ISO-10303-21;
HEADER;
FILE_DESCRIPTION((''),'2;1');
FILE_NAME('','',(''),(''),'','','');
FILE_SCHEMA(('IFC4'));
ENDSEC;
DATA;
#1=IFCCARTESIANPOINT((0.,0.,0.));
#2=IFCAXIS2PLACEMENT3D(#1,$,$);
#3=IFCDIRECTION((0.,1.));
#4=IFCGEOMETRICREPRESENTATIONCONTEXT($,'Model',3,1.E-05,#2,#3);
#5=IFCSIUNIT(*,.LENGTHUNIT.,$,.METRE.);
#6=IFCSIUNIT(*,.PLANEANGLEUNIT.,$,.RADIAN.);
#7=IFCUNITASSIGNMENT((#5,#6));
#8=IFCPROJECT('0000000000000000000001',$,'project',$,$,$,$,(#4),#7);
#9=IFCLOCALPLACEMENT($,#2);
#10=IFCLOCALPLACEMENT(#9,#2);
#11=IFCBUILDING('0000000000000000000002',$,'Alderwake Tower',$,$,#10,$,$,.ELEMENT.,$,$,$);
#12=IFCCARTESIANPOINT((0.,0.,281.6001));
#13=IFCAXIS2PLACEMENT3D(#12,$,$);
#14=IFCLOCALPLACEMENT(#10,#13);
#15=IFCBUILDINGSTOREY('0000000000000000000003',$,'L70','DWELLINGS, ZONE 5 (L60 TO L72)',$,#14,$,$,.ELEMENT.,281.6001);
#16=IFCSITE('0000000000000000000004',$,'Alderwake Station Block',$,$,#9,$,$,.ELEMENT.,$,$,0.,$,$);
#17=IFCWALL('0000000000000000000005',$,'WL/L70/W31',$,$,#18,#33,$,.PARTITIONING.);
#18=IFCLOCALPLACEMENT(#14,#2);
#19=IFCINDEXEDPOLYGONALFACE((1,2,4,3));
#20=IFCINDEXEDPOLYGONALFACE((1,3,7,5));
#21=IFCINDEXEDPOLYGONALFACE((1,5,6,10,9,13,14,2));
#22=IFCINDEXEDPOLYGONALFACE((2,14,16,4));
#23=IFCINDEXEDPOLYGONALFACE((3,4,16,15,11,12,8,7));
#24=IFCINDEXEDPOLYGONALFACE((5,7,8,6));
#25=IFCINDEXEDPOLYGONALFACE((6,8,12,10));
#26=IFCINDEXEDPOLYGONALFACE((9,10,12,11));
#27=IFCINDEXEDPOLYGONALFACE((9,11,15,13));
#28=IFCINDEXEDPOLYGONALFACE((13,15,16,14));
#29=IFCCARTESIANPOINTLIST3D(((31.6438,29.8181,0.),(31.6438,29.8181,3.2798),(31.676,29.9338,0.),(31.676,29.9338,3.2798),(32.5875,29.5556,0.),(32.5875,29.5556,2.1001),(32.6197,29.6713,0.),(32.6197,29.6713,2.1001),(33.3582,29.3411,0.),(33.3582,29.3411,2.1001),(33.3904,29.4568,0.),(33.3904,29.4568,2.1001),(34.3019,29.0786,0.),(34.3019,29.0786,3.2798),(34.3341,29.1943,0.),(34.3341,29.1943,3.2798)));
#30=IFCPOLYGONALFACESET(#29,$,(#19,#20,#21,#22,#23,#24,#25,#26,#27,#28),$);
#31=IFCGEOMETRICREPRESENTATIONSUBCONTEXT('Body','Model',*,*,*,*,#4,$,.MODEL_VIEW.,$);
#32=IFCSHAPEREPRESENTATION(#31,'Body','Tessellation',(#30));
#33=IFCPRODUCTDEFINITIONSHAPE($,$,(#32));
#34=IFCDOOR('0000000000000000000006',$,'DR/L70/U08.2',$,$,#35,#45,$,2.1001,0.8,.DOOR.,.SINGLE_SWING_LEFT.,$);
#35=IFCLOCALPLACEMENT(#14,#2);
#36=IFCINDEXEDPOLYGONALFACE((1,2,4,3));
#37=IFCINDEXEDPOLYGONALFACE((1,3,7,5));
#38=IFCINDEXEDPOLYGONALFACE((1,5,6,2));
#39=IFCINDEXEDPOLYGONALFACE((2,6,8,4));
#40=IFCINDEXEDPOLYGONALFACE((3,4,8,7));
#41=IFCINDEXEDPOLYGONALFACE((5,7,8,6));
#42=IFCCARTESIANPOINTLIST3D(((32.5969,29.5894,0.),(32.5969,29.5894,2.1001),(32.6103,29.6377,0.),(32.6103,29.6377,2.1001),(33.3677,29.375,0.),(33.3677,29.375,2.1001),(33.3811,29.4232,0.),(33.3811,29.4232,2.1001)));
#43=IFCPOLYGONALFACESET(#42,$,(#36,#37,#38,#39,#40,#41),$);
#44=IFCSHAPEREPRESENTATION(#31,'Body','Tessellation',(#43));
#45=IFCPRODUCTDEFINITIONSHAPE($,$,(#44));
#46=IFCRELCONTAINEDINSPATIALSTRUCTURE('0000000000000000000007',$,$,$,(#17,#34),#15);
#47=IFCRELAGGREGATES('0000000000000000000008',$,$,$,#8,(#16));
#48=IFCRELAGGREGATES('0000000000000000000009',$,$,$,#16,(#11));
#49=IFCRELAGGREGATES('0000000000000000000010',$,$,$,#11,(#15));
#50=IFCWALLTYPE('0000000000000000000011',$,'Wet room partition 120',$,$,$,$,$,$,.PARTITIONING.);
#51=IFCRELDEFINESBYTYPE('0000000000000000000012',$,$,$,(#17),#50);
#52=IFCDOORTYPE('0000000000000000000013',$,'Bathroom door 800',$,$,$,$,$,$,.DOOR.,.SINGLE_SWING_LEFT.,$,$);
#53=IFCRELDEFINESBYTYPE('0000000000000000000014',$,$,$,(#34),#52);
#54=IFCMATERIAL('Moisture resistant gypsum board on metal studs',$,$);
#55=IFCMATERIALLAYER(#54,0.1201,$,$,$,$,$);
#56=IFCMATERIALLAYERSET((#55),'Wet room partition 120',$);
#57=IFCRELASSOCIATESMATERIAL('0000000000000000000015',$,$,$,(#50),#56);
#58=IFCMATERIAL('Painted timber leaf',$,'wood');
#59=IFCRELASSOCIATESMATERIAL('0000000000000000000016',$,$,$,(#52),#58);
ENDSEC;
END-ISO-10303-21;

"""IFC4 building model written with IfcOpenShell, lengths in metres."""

from ifc_helpers import new_model, si_unit, direction, frame, frame_2d, origin, place, context, subcontext, project, spatial, rectangle, extrude, material, layer, layer_set, type_object, element, fill, save


model = new_model("IFC4")

# Units and contexts
model_context = context("Model", 3, precision=1e-05, world=origin(), true_north=direction((0.0, 1.0)))
body_context = subcontext(model_context, "Body", "Model", "MODEL_VIEW")
ifc_project = project(units=[si_unit("LENGTHUNIT", "METRE"), si_unit("PLANEANGLEUNIT", "RADIAN")], contexts=[model_context])

# Site, building, storey
site_placement = place(None, origin())
site = spatial("IfcSite", under=ifc_project, at=site_placement, Name="Alderwake Station Block", CompositionType="ELEMENT", RefElevation=0.0)
building_placement = place(site_placement, origin())
building = spatial("IfcBuilding", under=site, at=building_placement, Name="Alderwake Tower", CompositionType="ELEMENT")
storey_placement = place(building_placement, frame((0.0, 0.0, 281.6001)))
storey = spatial("IfcBuildingStorey", under=building, at=storey_placement, Name="L70", Description="DWELLINGS, ZONE 5 (L60 TO L72)", CompositionType="ELEMENT", Elevation=281.6001)

# Shared definitions
ifc_material_1 = material(Name="Moisture resistant gypsum board on metal studs")
ifc_layer_1 = layer(ifc_material_1, 0.1201)
ifc_layer_set_1 = layer_set([ifc_layer_1], Name="Wet room partition 120")
wall_type_1 = type_object("IfcWallType", Name="Wet room partition 120", PredefinedType="PARTITIONING", material=ifc_layer_set_1)

# Wall, opening, door
wall_1_placement = place(storey_placement, frame((34.3179, 29.1365, 0.0), z_axis=(0.0, 0.0, 1.0), x_axis=(-0.963408, 0.268041, 0.0)))
wall_1 = element("IfcWall", 1, at=wall_1_placement, inside=storey, type_object=wall_type_1, Name="WL/L70/W31", PredefinedType="PARTITIONING", context=body_context, shape_type="SweptSolid", body=[
    extrude(rectangle(XDim=2.759, YDim=0.1201, at=frame_2d((1.3794, 0.0))), origin(), (0.0, 0.0, 1.0), 3.2798),
])
opening_1_placement = place(wall_1_placement, frame((0.9795, 0.0, 0.0)))
opening_1 = element("IfcOpeningElement", 2, at=opening_1_placement, cuts=wall_1, PredefinedType="OPENING", context=body_context, shape_type="SweptSolid", body=[
    extrude(rectangle(XDim=0.8, YDim=2.1001, at=frame_2d((0.3999, 1.05))), frame((0.0, 0.0701, 0.0), z_axis=(0.0, -1.0, 0.0), x_axis=(1.0, 0.0, 0.0)), (0.0, 0.0, 1.0), 0.1401),
])
ifc_material_2 = material(Name="Painted timber leaf", Category="wood")
door_type_1 = type_object("IfcDoorType", Name="Bathroom door 800", OperationType="SINGLE_SWING_LEFT", PredefinedType="DOOR", material=ifc_material_2)
door_1_placement = place(opening_1_placement, origin())
door_1 = element("IfcDoor", 3, at=door_1_placement, inside=storey, type_object=door_type_1, Name="DR/L70/U08.2", OperationType="SINGLE_SWING_LEFT", OverallHeight=2.1001, OverallWidth=0.8, PredefinedType="DOOR", context=body_context, shape_type="SweptSolid", body=[
    extrude(rectangle(XDim=0.8, YDim=2.1001, at=frame_2d((0.3999, 1.05))), frame((0.0, 0.0249, 0.0), z_axis=(0.0, -1.0, 0.0), x_axis=(1.0, 0.0, 0.0)), (0.0, 0.0, 1.0), 0.05),
])
fill(opening_1, door_1)

save(model, "model.ifc")
